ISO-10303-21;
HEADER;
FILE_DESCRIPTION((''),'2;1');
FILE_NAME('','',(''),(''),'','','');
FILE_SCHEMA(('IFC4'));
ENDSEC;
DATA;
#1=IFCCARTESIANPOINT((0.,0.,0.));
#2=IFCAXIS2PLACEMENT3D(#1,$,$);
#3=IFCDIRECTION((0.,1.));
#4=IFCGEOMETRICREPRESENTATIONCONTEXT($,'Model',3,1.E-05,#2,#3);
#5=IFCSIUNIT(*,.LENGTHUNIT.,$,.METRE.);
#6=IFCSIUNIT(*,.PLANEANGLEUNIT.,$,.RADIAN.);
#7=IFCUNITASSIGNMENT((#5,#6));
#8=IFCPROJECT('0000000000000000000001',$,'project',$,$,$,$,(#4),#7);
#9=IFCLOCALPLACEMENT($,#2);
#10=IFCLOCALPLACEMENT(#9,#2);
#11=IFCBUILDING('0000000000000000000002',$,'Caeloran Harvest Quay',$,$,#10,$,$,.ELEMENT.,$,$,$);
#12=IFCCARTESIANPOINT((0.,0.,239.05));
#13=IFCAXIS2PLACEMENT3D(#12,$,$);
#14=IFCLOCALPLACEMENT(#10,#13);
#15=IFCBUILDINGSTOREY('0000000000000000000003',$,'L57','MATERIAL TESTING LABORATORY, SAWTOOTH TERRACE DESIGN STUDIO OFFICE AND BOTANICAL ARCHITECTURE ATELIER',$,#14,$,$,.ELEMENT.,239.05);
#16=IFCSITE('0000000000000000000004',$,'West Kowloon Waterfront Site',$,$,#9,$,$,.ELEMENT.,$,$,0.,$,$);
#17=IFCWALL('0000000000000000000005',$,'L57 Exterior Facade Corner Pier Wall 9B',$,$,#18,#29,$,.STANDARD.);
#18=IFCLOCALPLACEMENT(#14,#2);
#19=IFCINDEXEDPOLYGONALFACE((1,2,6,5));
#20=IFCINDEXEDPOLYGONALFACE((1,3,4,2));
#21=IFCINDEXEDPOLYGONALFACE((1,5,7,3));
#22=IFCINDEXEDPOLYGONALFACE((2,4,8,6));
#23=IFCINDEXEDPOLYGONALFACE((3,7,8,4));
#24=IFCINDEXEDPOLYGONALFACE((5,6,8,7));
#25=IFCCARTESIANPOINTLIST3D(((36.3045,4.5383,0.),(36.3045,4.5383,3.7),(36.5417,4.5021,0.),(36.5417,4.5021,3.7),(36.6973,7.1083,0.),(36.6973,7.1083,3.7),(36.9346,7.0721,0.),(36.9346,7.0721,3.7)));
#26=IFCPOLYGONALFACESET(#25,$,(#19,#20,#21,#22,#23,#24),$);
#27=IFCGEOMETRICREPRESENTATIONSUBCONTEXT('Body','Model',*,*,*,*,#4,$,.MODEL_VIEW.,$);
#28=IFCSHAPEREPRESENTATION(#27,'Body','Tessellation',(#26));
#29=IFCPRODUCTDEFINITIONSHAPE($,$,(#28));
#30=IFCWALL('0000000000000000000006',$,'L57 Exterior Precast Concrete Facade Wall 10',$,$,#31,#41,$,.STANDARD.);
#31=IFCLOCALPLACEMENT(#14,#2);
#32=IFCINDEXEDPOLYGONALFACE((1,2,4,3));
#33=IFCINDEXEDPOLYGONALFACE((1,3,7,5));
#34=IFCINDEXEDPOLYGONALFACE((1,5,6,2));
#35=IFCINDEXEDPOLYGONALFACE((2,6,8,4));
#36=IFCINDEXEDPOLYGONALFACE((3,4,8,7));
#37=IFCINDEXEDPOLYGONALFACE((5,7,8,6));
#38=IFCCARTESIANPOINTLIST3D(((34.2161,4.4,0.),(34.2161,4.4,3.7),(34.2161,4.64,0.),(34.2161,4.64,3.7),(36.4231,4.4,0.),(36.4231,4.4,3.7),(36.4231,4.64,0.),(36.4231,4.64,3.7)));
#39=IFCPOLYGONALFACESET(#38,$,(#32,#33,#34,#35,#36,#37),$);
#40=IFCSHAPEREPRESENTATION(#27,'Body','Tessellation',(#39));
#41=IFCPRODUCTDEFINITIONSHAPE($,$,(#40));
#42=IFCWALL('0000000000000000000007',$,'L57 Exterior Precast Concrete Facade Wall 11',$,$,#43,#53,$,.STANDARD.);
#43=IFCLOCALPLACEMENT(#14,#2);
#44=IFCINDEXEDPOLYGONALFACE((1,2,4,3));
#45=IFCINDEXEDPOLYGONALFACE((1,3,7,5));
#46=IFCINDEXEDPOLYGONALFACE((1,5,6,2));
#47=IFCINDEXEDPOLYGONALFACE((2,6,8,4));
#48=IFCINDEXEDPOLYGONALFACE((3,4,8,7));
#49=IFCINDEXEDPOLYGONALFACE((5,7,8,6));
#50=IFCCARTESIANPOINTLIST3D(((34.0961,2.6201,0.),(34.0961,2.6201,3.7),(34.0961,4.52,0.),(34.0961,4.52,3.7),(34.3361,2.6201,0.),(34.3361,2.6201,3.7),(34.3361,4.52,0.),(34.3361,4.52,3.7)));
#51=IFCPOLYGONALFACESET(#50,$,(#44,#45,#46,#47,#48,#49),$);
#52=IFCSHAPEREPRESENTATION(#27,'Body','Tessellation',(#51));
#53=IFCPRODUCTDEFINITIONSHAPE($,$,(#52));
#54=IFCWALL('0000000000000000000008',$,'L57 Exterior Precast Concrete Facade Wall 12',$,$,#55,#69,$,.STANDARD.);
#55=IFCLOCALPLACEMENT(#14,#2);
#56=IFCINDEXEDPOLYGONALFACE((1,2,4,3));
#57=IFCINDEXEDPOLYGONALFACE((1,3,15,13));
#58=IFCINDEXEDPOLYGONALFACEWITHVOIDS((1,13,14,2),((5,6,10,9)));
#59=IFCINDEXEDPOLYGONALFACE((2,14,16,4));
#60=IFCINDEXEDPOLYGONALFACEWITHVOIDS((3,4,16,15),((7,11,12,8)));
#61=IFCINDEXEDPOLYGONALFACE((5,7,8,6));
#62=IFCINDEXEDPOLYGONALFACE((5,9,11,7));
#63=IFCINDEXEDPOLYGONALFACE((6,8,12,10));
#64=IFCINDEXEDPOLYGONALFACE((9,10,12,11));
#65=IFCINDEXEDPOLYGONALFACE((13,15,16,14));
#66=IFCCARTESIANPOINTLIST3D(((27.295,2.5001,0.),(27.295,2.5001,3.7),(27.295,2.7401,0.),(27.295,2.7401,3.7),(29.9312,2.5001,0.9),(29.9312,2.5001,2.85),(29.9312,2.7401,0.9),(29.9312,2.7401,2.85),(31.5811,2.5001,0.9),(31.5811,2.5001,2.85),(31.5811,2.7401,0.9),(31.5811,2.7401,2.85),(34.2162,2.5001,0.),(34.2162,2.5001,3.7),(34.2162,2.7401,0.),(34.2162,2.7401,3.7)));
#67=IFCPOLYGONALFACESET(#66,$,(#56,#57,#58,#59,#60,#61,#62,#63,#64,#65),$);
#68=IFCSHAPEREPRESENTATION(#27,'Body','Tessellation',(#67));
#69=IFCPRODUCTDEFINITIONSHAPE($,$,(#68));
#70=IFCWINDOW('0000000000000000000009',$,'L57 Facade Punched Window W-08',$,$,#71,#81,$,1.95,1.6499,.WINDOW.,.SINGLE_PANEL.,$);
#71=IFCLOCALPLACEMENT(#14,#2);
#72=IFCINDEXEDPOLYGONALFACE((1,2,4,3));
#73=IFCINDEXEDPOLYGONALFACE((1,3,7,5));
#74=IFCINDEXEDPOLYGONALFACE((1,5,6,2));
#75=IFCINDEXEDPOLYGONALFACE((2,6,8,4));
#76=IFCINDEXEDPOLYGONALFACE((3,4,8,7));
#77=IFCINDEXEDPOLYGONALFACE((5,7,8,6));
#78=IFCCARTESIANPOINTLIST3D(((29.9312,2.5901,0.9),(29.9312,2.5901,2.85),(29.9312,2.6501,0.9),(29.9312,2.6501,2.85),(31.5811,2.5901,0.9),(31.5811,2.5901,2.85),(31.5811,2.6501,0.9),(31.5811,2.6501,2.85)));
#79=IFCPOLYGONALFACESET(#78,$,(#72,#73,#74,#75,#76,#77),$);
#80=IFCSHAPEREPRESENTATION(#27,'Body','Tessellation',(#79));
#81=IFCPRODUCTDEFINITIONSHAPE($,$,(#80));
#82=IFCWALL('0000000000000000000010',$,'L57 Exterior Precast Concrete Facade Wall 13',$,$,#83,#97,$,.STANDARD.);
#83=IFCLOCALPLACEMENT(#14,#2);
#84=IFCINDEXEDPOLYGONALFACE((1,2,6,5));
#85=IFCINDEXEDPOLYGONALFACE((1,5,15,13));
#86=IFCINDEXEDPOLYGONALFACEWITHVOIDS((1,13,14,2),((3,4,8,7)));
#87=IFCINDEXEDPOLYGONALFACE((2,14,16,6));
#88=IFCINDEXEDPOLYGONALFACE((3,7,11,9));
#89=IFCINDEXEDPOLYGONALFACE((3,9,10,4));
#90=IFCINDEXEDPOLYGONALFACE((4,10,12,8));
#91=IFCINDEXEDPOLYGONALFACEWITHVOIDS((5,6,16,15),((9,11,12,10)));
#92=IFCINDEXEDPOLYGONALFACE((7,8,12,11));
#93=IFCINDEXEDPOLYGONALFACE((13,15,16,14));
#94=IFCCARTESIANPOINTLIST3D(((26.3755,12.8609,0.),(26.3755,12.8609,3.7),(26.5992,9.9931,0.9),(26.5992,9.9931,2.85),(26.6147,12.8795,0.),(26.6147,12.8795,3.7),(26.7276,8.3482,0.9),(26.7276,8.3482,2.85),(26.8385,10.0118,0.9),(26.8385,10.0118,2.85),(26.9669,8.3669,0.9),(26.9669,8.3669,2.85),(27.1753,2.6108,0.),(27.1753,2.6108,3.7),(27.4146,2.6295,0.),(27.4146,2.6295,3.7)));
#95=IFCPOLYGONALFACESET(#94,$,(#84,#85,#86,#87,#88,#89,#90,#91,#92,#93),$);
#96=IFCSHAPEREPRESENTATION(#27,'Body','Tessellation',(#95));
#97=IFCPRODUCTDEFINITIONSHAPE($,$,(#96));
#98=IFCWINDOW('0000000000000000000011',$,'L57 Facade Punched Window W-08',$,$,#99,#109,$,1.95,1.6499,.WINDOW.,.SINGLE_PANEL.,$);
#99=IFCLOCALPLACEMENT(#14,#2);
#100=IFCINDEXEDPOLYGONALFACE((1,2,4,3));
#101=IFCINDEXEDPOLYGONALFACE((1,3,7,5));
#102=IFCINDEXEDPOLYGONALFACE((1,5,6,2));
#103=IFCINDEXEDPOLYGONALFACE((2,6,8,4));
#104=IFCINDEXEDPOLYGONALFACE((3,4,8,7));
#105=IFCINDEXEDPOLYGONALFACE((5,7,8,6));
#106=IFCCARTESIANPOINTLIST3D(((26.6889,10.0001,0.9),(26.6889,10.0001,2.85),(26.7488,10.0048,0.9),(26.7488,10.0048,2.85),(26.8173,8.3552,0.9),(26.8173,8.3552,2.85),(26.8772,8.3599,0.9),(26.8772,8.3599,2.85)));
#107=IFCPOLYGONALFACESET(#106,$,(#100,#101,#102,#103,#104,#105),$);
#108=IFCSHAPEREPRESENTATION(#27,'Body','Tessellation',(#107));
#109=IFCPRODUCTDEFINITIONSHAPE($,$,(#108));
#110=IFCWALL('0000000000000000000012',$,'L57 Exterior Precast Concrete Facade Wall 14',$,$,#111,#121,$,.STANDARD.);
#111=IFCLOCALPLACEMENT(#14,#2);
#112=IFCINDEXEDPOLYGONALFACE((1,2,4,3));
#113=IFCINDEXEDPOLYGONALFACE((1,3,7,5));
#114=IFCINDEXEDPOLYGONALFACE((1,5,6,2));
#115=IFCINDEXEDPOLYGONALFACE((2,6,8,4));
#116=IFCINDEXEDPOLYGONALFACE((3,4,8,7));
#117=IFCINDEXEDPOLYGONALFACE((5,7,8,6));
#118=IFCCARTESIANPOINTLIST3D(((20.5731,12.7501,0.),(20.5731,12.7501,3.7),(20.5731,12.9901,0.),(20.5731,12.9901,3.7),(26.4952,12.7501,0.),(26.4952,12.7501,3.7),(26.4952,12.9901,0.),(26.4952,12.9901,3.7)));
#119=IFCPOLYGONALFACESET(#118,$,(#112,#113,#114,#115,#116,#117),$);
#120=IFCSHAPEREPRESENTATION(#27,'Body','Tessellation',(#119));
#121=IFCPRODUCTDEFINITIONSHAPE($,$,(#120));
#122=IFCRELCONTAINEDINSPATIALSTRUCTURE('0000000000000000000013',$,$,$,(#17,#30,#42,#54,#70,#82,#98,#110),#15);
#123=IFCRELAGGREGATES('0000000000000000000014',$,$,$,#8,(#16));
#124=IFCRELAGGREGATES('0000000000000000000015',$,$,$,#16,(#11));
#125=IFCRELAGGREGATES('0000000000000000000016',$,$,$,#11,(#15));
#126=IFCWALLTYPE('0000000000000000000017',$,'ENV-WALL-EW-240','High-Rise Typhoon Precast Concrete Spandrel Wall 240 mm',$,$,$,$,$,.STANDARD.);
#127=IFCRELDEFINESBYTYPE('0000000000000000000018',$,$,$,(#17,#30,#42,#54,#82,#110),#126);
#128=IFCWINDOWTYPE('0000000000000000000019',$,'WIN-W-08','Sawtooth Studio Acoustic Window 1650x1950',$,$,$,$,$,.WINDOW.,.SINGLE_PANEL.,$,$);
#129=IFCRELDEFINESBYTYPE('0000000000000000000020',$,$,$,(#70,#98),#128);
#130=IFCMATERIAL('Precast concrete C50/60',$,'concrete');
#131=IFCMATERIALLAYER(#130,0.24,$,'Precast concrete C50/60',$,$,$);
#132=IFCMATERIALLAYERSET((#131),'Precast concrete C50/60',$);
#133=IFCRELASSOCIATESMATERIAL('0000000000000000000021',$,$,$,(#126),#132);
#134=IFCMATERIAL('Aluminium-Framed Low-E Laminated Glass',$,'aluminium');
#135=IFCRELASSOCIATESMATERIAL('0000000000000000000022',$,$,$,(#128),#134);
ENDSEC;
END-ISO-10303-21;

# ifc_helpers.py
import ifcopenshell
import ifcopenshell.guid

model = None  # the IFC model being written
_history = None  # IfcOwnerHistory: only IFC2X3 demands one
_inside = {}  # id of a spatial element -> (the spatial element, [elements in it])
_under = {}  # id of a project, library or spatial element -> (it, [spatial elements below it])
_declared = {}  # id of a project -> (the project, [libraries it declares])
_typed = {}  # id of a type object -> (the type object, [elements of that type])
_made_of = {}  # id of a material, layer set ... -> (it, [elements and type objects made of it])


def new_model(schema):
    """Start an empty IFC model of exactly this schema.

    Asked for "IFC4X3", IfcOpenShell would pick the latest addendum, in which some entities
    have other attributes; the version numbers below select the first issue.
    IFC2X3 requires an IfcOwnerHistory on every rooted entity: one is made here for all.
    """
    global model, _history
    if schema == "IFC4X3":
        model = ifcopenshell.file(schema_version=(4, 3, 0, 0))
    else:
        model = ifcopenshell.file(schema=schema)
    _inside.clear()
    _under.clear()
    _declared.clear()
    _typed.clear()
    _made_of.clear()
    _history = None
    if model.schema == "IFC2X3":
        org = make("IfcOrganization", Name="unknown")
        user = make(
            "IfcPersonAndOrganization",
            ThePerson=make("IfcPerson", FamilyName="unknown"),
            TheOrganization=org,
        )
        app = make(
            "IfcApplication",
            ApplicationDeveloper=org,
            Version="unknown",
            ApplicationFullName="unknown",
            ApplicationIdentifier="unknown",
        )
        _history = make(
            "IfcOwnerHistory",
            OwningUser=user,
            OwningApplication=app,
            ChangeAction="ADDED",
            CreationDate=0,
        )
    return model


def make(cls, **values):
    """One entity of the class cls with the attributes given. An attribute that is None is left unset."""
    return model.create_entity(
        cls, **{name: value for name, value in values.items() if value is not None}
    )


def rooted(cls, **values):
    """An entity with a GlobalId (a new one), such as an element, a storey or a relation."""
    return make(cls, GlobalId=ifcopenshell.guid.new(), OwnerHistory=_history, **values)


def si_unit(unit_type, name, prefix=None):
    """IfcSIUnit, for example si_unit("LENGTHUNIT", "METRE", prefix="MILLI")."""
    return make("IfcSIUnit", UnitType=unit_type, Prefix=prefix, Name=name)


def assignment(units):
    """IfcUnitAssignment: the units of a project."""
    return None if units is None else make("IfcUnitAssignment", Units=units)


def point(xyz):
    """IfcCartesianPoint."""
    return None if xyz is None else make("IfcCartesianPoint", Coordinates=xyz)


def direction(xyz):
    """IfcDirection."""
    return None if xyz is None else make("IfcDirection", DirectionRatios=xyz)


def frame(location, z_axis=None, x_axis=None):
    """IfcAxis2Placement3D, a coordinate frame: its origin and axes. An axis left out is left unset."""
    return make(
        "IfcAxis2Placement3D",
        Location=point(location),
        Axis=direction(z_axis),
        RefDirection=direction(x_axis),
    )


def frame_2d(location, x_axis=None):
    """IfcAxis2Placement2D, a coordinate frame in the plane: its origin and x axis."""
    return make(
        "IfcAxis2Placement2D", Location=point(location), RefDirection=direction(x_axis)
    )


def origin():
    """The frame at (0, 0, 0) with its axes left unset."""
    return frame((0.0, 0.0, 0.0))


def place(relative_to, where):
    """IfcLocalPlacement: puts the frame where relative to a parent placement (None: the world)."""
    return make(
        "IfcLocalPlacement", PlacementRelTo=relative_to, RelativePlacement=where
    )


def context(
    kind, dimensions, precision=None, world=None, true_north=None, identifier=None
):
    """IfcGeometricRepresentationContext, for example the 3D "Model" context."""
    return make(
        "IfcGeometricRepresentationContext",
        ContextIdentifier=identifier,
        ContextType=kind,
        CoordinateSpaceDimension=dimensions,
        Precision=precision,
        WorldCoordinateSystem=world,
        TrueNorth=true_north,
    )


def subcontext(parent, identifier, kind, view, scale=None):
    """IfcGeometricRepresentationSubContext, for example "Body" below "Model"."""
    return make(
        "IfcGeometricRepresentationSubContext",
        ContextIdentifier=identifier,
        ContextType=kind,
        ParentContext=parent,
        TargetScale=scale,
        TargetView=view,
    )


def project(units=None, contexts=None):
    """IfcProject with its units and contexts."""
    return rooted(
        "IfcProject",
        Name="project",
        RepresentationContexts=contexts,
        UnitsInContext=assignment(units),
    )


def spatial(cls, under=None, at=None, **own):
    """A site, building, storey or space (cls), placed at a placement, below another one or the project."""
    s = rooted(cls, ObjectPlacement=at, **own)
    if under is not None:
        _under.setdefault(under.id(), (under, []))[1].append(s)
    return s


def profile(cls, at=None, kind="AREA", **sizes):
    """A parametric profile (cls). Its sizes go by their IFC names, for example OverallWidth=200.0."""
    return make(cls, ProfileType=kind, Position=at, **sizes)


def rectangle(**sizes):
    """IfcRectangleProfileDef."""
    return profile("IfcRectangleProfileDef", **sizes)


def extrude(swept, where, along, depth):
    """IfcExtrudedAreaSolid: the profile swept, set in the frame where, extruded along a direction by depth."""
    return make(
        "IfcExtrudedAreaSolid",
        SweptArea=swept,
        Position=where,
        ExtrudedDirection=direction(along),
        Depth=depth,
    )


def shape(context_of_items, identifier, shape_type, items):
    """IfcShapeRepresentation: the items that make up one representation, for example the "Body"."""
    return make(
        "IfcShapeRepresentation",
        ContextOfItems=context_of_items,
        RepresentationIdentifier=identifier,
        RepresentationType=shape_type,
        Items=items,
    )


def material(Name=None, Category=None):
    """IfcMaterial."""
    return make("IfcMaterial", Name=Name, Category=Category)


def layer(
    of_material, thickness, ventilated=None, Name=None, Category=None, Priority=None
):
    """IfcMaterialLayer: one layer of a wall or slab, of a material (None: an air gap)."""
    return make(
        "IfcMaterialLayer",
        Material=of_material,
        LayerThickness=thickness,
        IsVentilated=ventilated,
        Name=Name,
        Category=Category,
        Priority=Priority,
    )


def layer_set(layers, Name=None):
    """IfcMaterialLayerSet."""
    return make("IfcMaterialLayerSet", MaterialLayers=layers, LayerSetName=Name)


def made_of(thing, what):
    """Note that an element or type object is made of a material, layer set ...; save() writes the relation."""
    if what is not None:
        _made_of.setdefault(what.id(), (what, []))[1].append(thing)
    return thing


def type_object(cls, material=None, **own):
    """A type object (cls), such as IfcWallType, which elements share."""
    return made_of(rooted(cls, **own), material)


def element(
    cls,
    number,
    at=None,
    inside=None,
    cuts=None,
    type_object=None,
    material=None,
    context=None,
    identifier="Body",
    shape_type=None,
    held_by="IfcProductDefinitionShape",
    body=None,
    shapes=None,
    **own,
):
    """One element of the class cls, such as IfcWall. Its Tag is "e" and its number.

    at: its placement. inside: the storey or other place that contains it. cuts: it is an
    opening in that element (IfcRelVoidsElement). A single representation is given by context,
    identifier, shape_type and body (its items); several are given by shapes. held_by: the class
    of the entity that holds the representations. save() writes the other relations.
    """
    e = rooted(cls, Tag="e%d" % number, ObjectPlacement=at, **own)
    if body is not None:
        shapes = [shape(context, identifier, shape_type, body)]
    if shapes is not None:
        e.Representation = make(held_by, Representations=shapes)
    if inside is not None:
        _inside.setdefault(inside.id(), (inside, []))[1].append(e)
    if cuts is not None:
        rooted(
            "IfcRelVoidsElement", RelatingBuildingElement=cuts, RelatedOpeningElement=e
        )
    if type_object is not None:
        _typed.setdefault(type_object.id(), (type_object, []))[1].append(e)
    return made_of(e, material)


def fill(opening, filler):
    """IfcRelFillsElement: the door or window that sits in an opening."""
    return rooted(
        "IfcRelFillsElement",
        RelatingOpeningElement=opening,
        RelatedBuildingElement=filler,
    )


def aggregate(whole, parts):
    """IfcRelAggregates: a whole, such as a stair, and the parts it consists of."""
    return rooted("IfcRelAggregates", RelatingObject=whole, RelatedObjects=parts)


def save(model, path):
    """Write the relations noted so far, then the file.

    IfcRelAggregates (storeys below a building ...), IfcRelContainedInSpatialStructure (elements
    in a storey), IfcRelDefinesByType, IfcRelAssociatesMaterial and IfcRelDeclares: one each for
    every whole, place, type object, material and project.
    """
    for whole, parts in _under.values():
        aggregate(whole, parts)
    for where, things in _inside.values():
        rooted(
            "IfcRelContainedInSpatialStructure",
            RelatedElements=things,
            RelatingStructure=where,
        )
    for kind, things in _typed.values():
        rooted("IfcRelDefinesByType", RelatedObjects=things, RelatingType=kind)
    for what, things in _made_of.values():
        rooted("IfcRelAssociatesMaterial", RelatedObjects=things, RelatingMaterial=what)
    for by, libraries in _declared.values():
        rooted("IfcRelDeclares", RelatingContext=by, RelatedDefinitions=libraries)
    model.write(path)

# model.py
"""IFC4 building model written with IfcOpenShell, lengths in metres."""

from ifc_helpers import new_model, si_unit, direction, frame, frame_2d, origin, place, context, subcontext, project, spatial, rectangle, extrude, material, layer, layer_set, type_object, element, fill, save


model = new_model("IFC4")

# Units and contexts
model_context = context("Model", 3, precision=1e-05, world=origin(), true_north=direction((0.0, 1.0)))
body_context = subcontext(model_context, "Body", "Model", "MODEL_VIEW")
ifc_project = project(units=[si_unit("LENGTHUNIT", "METRE"), si_unit("PLANEANGLEUNIT", "RADIAN")], contexts=[model_context])

# Site, building, storey
site_placement = place(None, origin())
site = spatial("IfcSite", under=ifc_project, at=site_placement, Name="West Kowloon Waterfront Site", CompositionType="ELEMENT", RefElevation=0.0)
building_placement = place(site_placement, origin())
building = spatial("IfcBuilding", under=site, at=building_placement, Name="Caeloran Harvest Quay", CompositionType="ELEMENT")
storey_placement = place(building_placement, frame((0.0, 0.0, 239.05)))
storey = spatial("IfcBuildingStorey", under=building, at=storey_placement, Name="L57", Description="MATERIAL TESTING LABORATORY, SAWTOOTH TERRACE DESIGN STUDIO OFFICE AND BOTANICAL ARCHITECTURE ATELIER", CompositionType="ELEMENT", Elevation=239.05)

# Walls
ifc_material_1 = material(Name="Precast concrete C50/60", Category="concrete")
ifc_layer_1 = layer(ifc_material_1, 0.24, Name="Precast concrete C50/60")
ifc_layer_set_1 = layer_set([ifc_layer_1], Name="Precast concrete C50/60")
wall_type = type_object("IfcWallType", Name="ENV-WALL-EW-240", Description="High-Rise Typhoon Precast Concrete Spandrel Wall 240 mm", PredefinedType="STANDARD", material=ifc_layer_set_1)
wall_1_placement = place(storey_placement, frame((36.8159, 7.0901, 0.0), z_axis=(0.0, 0.0, 1.0), x_axis=(-0.15109, -0.98852, 0.0)))
element("IfcWall", 1, at=wall_1_placement, inside=storey, type_object=wall_type, Name="L57 Exterior Facade Corner Pier Wall 9B", PredefinedType="STANDARD", context=body_context, shape_type="SweptSolid", body=[
    extrude(rectangle(XDim=2.5999, YDim=0.24, at=frame_2d((1.2998, 0.0))), origin(), (0.0, 0.0, 1.0), 3.7),
])
wall_2_placement = place(storey_placement, frame((36.4231, 4.52, 0.0), z_axis=(0.0, 0.0, 1.0), x_axis=(-1.0, 0.0, 0.0)))
element("IfcWall", 2, at=wall_2_placement, inside=storey, type_object=wall_type, Name="L57 Exterior Precast Concrete Facade Wall 10", PredefinedType="STANDARD", context=body_context, shape_type="SweptSolid", body=[
    extrude(rectangle(XDim=2.207, YDim=0.24, at=frame_2d((1.1035, 0.0))), origin(), (0.0, 0.0, 1.0), 3.7),
])
wall_3_placement = place(storey_placement, frame((34.2161, 4.52, 0.0), z_axis=(0.0, 0.0, 1.0), x_axis=(0.0, -1.0, 0.0)))
element("IfcWall", 3, at=wall_3_placement, inside=storey, type_object=wall_type, Name="L57 Exterior Precast Concrete Facade Wall 11", PredefinedType="STANDARD", context=body_context, shape_type="SweptSolid", body=[
    extrude(rectangle(XDim=1.8999, YDim=0.24, at=frame_2d((0.95, 0.0))), origin(), (0.0, 0.0, 1.0), 3.7),
])

# Walls, openings, windows
wall_4_placement = place(storey_placement, frame((34.2161, 2.6201, 0.0), z_axis=(0.0, 0.0, 1.0), x_axis=(-1.0, 0.0, 0.0)))
wall_4 = element("IfcWall", 4, at=wall_4_placement, inside=storey, type_object=wall_type, Name="L57 Exterior Precast Concrete Facade Wall 12", PredefinedType="STANDARD", context=body_context, shape_type="SweptSolid", body=[
    extrude(rectangle(XDim=6.9211, YDim=0.24, at=frame_2d((3.4604, 0.0))), origin(), (0.0, 0.0, 1.0), 3.7),
])
opening_1_placement = place(wall_4_placement, frame((2.635, 0.0, 0.8999)))
opening_1 = element("IfcOpeningElement", 5, at=opening_1_placement, cuts=wall_4, PredefinedType="OPENING", context=body_context, shape_type="SweptSolid", body=[
    extrude(rectangle(XDim=1.6499, YDim=1.95, at=frame_2d((0.825, 0.9751))), frame((0.0, 0.1299, 0.0), z_axis=(0.0, -1.0, 0.0), x_axis=(1.0, 0.0, 0.0)), (0.0, 0.0, 1.0), 0.26),
])
ifc_material_2 = material(Name="Aluminium-Framed Low-E Laminated Glass", Category="aluminium")
window_type = type_object("IfcWindowType", Name="WIN-W-08", Description="Sawtooth Studio Acoustic Window 1650x1950", PartitioningType="SINGLE_PANEL", PredefinedType="WINDOW", material=ifc_material_2)
window_1_placement = place(opening_1_placement, origin())
window_1 = element("IfcWindow", 6, at=window_1_placement, inside=storey, type_object=window_type, Name="L57 Facade Punched Window W-08", OverallHeight=1.95, OverallWidth=1.6499, PartitioningType="SINGLE_PANEL", PredefinedType="WINDOW", context=body_context, shape_type="SweptSolid", body=[
    extrude(rectangle(XDim=1.6499, YDim=1.95, at=frame_2d((0.825, 0.9751))), frame((0.0, 0.03, 0.0), z_axis=(0.0, -1.0, 0.0), x_axis=(1.0, 0.0, 0.0)), (0.0, 0.0, 1.0), 0.0601),
])
fill(opening_1, window_1)
wall_5_placement = place(storey_placement, frame((27.2949, 2.6201, 0.0), z_axis=(0.0, 0.0, 1.0), x_axis=(-0.077793, 0.99697, 0.0)))
wall_5 = element("IfcWall", 7, at=wall_5_placement, inside=storey, type_object=wall_type, Name="L57 Exterior Precast Concrete Facade Wall 13", PredefinedType="STANDARD", context=body_context, shape_type="SweptSolid", body=[
    extrude(rectangle(XDim=10.2812, YDim=0.24, at=frame_2d((5.1406, 0.0))), origin(), (0.0, 0.0, 1.0), 3.7),
])
opening_2_placement = place(wall_5_placement, frame((5.7549, 0.0, 0.8999)))
opening_2 = element("IfcOpeningElement", 8, at=opening_2_placement, cuts=wall_5, PredefinedType="OPENING", context=body_context, shape_type="SweptSolid", body=[
    extrude(rectangle(XDim=1.6499, YDim=1.95, at=frame_2d((0.825, 0.9751))), frame((0.0, 0.1299, 0.0), z_axis=(0.0, -1.0, 0.0), x_axis=(1.0, 0.0, 0.0)), (0.0, 0.0, 1.0), 0.26),
])
window_2_placement = place(opening_2_placement, origin())
window_2 = element("IfcWindow", 9, at=window_2_placement, inside=storey, type_object=window_type, Name="L57 Facade Punched Window W-08", OverallHeight=1.95, OverallWidth=1.6499, PartitioningType="SINGLE_PANEL", PredefinedType="WINDOW", context=body_context, shape_type="SweptSolid", body=[
    extrude(rectangle(XDim=1.6499, YDim=1.95, at=frame_2d((0.825, 0.9751))), frame((0.0, 0.03, 0.0), z_axis=(0.0, -1.0, 0.0), x_axis=(1.0, 0.0, 0.0)), (0.0, 0.0, 1.0), 0.0601),
])
fill(opening_2, window_2)

# Wall
wall_6_placement = place(storey_placement, frame((26.4951, 12.8701, 0.0), z_axis=(0.0, 0.0, 1.0), x_axis=(-1.0, 0.0, 0.0)))
element("IfcWall", 10, at=wall_6_placement, inside=storey, type_object=wall_type, Name="L57 Exterior Precast Concrete Facade Wall 14", PredefinedType="STANDARD", context=body_context, shape_type="SweptSolid", body=[
    extrude(rectangle(XDim=5.9221, YDim=0.24, at=frame_2d((2.9609, 0.0))), origin(), (0.0, 0.0, 1.0), 3.7),
])

save(model, "model.ifc")
